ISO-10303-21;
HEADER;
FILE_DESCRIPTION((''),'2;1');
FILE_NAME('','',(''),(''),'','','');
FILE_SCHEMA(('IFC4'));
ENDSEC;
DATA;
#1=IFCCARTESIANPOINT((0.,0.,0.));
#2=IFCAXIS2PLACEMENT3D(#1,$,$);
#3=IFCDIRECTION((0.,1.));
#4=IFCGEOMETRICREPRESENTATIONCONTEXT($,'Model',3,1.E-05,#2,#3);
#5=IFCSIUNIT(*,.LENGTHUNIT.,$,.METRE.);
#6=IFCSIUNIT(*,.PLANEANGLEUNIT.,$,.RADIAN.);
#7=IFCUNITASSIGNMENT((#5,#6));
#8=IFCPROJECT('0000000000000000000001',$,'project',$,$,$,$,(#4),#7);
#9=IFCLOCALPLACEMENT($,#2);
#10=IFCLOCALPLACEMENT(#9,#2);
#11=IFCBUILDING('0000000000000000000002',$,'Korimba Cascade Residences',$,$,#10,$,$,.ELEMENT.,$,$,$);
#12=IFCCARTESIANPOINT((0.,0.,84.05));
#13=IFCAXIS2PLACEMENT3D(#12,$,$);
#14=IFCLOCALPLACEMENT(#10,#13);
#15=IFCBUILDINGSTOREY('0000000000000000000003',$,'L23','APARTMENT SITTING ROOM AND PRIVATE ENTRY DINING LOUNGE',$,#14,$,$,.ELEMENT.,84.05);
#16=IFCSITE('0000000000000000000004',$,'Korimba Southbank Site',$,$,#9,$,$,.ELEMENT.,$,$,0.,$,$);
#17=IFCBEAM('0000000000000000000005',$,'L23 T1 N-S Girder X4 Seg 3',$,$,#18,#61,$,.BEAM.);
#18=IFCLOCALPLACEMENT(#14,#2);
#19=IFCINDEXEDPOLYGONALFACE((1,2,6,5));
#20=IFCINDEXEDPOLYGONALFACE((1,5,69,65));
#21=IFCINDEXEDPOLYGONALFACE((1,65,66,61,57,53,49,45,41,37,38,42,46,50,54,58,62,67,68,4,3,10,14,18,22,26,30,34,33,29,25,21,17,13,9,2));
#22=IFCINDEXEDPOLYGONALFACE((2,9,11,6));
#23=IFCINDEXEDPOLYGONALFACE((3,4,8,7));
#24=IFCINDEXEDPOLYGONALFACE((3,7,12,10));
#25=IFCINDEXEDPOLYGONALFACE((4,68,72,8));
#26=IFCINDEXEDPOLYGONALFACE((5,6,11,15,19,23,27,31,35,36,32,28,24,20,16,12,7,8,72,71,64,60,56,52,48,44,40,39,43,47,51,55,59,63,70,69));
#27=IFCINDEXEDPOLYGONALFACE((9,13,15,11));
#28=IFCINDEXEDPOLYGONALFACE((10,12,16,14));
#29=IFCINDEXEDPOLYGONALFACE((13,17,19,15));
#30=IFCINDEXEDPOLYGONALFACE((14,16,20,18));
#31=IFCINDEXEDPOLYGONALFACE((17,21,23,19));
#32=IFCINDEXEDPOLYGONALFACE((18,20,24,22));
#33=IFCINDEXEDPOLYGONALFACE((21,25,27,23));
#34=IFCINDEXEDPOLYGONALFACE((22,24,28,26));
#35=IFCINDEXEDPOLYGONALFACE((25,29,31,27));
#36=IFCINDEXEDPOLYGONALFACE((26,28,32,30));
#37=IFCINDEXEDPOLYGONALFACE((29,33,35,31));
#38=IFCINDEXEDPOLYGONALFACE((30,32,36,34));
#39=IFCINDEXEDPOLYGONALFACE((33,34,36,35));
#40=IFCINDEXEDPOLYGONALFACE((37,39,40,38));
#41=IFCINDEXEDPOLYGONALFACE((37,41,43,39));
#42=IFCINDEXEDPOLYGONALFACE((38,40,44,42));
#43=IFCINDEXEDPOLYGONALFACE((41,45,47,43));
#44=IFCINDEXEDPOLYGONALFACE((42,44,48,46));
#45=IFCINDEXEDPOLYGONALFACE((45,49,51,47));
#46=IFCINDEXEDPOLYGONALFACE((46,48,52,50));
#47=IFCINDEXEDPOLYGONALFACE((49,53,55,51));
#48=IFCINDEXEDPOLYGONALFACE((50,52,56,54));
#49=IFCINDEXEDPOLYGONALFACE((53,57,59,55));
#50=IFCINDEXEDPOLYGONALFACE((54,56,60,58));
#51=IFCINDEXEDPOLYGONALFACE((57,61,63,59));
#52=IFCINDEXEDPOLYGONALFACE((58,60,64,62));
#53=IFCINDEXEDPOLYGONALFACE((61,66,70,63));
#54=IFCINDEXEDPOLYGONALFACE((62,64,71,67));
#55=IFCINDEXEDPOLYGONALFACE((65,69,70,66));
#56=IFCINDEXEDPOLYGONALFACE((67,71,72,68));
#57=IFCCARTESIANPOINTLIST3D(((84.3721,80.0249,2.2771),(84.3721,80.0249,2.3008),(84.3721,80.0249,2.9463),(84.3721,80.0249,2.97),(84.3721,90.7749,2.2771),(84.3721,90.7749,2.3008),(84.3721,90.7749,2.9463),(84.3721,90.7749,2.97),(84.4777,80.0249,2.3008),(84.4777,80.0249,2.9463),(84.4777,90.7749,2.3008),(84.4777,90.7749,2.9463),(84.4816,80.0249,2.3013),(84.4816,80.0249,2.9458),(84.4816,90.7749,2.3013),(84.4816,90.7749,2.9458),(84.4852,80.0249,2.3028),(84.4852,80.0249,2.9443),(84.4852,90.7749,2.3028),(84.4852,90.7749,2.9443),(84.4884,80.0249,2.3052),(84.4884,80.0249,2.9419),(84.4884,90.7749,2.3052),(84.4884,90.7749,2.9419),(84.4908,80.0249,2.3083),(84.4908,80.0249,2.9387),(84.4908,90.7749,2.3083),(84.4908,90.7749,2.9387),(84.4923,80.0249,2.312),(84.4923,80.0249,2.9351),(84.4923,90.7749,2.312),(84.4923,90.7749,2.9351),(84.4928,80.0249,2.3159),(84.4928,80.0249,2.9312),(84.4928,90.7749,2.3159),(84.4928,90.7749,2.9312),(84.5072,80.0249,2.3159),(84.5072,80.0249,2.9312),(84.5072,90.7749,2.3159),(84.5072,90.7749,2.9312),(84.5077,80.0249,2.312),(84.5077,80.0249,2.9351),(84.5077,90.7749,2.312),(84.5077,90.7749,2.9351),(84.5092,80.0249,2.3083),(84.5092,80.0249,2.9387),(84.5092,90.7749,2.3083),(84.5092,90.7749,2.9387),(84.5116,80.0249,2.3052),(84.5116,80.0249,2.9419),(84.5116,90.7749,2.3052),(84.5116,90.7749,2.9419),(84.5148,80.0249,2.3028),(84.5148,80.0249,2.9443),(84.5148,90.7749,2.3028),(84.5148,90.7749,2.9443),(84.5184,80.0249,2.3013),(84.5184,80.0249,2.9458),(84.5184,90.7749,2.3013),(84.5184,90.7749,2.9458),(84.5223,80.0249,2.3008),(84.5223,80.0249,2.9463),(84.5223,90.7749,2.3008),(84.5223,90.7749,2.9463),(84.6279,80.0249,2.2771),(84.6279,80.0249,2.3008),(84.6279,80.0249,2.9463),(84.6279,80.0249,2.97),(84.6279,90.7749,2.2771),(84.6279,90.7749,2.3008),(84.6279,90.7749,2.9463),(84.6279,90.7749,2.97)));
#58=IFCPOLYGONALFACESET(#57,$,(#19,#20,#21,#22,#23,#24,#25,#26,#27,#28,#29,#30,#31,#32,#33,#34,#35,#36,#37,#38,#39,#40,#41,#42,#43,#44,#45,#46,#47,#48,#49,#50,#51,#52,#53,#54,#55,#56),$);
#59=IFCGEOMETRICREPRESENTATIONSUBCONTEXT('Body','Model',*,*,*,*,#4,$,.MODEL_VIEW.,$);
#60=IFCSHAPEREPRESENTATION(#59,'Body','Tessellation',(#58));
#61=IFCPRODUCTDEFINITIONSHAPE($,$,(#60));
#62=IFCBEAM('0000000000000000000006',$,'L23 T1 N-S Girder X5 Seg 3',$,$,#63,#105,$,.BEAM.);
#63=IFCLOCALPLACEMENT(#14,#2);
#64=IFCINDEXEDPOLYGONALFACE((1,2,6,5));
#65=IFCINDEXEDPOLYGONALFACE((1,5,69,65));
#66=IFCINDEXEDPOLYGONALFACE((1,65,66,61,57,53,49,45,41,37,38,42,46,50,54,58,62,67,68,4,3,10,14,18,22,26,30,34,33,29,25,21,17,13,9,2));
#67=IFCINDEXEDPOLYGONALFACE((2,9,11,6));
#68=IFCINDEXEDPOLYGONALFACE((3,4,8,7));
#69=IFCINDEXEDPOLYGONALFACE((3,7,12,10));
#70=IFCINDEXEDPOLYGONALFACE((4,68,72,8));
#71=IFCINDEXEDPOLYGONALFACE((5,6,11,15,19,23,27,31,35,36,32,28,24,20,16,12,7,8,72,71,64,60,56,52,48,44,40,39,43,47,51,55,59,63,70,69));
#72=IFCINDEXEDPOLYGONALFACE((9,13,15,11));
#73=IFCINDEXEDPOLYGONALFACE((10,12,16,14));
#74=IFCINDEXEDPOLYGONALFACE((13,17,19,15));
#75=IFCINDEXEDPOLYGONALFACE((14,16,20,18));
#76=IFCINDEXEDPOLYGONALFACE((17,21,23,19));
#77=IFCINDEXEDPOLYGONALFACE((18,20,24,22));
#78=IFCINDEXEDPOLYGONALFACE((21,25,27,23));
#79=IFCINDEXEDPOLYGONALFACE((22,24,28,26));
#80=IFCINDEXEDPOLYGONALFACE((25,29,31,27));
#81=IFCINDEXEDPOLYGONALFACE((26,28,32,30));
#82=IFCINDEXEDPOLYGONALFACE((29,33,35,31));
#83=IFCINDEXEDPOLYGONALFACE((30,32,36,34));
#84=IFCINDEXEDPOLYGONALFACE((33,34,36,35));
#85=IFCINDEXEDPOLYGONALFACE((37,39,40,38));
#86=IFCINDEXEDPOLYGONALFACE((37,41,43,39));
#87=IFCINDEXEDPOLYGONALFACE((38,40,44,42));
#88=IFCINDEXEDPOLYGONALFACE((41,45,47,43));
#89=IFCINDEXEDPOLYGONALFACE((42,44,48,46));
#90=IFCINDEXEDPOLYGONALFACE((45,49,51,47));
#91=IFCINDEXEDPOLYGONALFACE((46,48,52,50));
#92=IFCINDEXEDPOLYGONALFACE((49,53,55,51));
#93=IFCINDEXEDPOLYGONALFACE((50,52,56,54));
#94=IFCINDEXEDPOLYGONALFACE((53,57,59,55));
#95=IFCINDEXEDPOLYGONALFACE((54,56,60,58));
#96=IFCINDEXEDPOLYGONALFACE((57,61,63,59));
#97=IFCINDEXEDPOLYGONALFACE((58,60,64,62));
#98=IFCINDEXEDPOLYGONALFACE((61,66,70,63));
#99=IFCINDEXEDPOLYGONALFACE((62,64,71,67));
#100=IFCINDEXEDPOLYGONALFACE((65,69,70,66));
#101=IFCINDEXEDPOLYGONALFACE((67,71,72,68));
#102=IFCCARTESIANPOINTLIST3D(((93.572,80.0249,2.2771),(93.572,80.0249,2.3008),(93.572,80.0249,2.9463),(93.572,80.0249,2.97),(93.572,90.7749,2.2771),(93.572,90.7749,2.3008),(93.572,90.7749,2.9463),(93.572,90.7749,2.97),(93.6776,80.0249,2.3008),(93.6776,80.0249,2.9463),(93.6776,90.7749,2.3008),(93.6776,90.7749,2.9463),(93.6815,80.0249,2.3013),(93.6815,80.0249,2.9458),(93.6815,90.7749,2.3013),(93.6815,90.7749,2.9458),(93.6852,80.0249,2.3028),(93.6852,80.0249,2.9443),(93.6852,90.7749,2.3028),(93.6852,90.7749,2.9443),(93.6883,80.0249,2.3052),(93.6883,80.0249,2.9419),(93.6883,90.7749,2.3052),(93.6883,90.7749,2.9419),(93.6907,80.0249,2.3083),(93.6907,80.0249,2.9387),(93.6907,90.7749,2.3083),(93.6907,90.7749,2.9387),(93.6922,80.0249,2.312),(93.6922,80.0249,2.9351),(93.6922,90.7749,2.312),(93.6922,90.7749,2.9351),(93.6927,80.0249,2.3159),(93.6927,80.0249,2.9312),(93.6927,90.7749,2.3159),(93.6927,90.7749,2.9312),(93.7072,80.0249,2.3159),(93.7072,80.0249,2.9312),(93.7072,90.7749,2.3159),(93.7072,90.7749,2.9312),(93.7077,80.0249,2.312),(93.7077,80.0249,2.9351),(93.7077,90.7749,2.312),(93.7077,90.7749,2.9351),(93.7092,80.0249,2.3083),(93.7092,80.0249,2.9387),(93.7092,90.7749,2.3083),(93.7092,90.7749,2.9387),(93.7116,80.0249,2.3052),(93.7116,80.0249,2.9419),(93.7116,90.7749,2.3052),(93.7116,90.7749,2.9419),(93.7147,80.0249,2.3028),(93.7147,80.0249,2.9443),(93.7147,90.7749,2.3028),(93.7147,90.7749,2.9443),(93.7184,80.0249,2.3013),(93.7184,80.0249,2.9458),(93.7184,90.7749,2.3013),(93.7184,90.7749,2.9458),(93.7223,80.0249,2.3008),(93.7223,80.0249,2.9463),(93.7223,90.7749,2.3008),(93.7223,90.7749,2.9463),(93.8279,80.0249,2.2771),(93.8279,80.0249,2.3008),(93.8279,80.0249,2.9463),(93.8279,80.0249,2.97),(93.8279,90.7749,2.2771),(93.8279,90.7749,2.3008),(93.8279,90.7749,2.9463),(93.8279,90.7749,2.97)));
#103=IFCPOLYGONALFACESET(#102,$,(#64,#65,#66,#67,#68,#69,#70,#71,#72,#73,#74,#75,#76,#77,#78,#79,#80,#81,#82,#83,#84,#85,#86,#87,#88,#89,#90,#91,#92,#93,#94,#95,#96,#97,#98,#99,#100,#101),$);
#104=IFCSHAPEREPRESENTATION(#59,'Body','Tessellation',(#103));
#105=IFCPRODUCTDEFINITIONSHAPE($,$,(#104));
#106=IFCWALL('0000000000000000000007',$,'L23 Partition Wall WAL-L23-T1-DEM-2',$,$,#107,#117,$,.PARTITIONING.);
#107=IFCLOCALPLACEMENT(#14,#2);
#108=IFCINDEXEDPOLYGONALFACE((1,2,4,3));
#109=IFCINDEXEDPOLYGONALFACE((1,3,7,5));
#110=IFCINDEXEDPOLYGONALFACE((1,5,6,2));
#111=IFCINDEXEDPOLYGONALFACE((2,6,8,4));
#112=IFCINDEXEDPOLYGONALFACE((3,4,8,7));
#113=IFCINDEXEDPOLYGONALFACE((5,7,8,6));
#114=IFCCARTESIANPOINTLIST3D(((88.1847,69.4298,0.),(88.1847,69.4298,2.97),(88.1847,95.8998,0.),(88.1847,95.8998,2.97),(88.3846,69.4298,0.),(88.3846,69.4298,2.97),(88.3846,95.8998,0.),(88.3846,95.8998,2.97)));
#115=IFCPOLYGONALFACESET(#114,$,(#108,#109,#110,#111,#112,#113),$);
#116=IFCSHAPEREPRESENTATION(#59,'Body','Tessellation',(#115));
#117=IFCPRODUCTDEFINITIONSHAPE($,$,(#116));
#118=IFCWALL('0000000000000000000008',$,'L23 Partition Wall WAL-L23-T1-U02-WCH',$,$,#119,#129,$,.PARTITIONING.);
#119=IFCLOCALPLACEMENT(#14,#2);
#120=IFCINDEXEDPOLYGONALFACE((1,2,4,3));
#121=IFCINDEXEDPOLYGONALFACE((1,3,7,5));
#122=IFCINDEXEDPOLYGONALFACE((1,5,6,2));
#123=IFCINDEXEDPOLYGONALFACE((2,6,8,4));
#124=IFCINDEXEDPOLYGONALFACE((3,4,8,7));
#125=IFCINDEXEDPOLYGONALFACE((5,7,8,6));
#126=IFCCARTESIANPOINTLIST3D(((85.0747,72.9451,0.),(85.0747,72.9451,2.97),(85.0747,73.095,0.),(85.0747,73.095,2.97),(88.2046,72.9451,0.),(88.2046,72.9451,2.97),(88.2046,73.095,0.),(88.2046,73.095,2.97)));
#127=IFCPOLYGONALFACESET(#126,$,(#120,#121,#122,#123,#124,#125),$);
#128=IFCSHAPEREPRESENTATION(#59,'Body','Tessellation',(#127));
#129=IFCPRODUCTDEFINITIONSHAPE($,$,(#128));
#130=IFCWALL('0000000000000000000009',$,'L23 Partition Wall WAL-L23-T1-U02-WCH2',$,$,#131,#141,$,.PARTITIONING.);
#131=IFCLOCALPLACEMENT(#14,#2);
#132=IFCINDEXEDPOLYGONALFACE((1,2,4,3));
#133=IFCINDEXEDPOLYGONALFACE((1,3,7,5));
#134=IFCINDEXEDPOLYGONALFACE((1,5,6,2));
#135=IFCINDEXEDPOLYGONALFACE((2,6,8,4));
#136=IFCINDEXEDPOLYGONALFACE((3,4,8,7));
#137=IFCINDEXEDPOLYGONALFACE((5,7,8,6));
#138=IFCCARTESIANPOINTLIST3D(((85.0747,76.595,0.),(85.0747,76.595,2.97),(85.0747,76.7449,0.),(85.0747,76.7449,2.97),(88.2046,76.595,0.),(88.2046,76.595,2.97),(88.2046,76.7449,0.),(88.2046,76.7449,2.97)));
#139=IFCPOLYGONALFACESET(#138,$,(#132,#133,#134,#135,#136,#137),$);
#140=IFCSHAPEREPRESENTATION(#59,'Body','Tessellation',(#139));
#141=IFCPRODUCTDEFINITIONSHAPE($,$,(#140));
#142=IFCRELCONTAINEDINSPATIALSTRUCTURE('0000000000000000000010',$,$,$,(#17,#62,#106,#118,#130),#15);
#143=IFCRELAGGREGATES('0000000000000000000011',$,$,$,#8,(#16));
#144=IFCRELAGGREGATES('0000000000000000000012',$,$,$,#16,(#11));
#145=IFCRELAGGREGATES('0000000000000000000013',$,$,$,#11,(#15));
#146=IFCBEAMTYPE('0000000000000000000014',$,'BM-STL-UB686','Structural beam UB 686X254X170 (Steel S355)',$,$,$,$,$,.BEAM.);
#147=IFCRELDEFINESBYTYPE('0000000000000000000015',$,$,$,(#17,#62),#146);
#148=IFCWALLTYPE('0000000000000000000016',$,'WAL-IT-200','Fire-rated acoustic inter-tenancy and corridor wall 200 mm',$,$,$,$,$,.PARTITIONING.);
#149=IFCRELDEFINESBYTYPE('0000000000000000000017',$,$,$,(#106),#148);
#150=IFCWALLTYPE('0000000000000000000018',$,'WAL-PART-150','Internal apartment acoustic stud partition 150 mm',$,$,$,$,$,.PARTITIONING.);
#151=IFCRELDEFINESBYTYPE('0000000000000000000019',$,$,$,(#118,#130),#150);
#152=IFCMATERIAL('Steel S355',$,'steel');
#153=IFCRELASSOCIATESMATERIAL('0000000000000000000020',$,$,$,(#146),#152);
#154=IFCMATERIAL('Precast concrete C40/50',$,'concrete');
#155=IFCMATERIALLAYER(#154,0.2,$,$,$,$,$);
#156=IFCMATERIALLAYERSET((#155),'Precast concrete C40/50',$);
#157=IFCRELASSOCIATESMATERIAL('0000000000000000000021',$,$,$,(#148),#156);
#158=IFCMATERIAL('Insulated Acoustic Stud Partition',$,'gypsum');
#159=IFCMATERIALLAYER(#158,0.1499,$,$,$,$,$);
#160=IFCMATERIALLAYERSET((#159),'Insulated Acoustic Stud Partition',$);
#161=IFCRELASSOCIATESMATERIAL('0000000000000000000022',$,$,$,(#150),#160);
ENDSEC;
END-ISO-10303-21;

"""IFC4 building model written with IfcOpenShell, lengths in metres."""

from ifc_helpers import new_model, si_unit, direction, frame, frame_2d, origin, origin_2d, place, context, subcontext, project, spatial, rectangle, i_section, extrude, material, layer, layer_set, material_profile, profile_set, type_object, element, save


model = new_model("IFC4")

# Units and contexts
model_context = context("Model", 3, precision=1e-05, world=origin(), true_north=direction((0.0, 1.0)))
body_context = subcontext(model_context, "Body", "Model", "MODEL_VIEW")
ifc_project = project(units=[si_unit("LENGTHUNIT", "METRE"), si_unit("PLANEANGLEUNIT", "RADIAN")], contexts=[model_context])

# Site, building, storey
site_placement = place(None, origin())
site = spatial("IfcSite", under=ifc_project, at=site_placement, Name="Korimba Southbank Site", CompositionType="ELEMENT", RefElevation=0.0)
building_placement = place(site_placement, origin())
building = spatial("IfcBuilding", under=site, at=building_placement, Name="Korimba Cascade Residences", CompositionType="ELEMENT")
storey_placement = place(building_placement, frame((0.0, 0.0, 84.05)))
storey = spatial("IfcBuildingStorey", under=building, at=storey_placement, Name="L23", Description="APARTMENT SITTING ROOM AND PRIVATE ENTRY DINING LOUNGE", CompositionType="ELEMENT", Elevation=84.05)

# Beams
ifc_material_1 = material(Name="Steel S355", Category="steel")
ifc_material_profile_1 = material_profile(ifc_material_1, i_section(OverallWidth=0.2559, OverallDepth=0.6929, WebThickness=0.0144, FlangeThickness=0.0237, FilletRadius=0.0151, at=origin_2d()), Name="Steel S355")
ifc_profile_set_1 = profile_set([ifc_material_profile_1], Name="Steel S355")
beam_type_1 = type_object("IfcBeamType", Name="BM-STL-UB686", Description="Structural beam UB 686X254X170 (Steel S355)", PredefinedType="BEAM", material=ifc_profile_set_1)
for number, where, z_axis, x_axis, name in (
    (1, (84.5, 80.0249, 2.6235), (0.0, 1.0, 0.0), (-1.0, 0.0, 0.0), "L23 T1 N-S Girder X4 Seg 3"),
    (2, (93.7, 80.0249, 2.6235), (0.0, 1.0, 0.0), (-1.0, 0.0, 0.0), "L23 T1 N-S Girder X5 Seg 3"),
):
    element("IfcBeam", number, at=place(storey_placement, frame(where, z_axis=z_axis, x_axis=x_axis)), inside=storey, type_object=beam_type_1, Name=name, PredefinedType="BEAM", context=body_context, shape_type="SweptSolid", body=[
        extrude(i_section(OverallWidth=0.2559, OverallDepth=0.6929, WebThickness=0.0144, FlangeThickness=0.0237, FilletRadius=0.0151, at=origin_2d()), origin(), (0.0, 0.0, 1.0), 10.75),
    ])

# Walls
ifc_material_2 = material(Name="Precast concrete C40/50", Category="concrete")
ifc_layer_1 = layer(ifc_material_2, 0.2)
ifc_layer_set_1 = layer_set([ifc_layer_1], Name="Precast concrete C40/50")
wall_type_1 = type_object("IfcWallType", Name="WAL-IT-200", Description="Fire-rated acoustic inter-tenancy and corridor wall 200 mm", PredefinedType="PARTITIONING", material=ifc_layer_set_1)
wall_1_placement = place(storey_placement, frame((88.2847, 69.4299, 0.0), z_axis=(0.0, 0.0, 1.0), x_axis=(0.0, 1.0, 0.0)))
element("IfcWall", 3, at=wall_1_placement, inside=storey, type_object=wall_type_1, Name="L23 Partition Wall WAL-L23-T1-DEM-2", PredefinedType="PARTITIONING", context=body_context, shape_type="SweptSolid", body=[
    extrude(rectangle(XDim=26.47, YDim=0.2, at=frame_2d((13.2349, 0.0))), origin(), (0.0, 0.0, 1.0), 2.97),
])
ifc_material_3 = material(Name="Insulated Acoustic Stud Partition", Category="gypsum")
ifc_layer_2 = layer(ifc_material_3, 0.1499)
ifc_layer_set_2 = layer_set([ifc_layer_2], Name="Insulated Acoustic Stud Partition")
wall_type_2 = type_object("IfcWallType", Name="WAL-PART-150", Description="Internal apartment acoustic stud partition 150 mm", PredefinedType="PARTITIONING", material=ifc_layer_set_2)
for number, where, z_axis, x_axis, name in (
    (4, (85.0747, 73.02, 0.0), (0.0, 0.0, 1.0), (1.0, 0.0, 0.0), "L23 Partition Wall WAL-L23-T1-U02-WCH"),
    (5, (85.0747, 76.6699, 0.0), (0.0, 0.0, 1.0), (1.0, 0.0, 0.0), "L23 Partition Wall WAL-L23-T1-U02-WCH2"),
):
    element("IfcWall", number, at=place(storey_placement, frame(where, z_axis=z_axis, x_axis=x_axis)), inside=storey, type_object=wall_type_2, Name=name, PredefinedType="PARTITIONING", context=body_context, shape_type="SweptSolid", body=[
        extrude(rectangle(XDim=3.1299, YDim=0.1499, at=frame_2d((1.5649, 0.0))), origin(), (0.0, 0.0, 1.0), 2.97),
    ])

save(model, "model.ifc")
